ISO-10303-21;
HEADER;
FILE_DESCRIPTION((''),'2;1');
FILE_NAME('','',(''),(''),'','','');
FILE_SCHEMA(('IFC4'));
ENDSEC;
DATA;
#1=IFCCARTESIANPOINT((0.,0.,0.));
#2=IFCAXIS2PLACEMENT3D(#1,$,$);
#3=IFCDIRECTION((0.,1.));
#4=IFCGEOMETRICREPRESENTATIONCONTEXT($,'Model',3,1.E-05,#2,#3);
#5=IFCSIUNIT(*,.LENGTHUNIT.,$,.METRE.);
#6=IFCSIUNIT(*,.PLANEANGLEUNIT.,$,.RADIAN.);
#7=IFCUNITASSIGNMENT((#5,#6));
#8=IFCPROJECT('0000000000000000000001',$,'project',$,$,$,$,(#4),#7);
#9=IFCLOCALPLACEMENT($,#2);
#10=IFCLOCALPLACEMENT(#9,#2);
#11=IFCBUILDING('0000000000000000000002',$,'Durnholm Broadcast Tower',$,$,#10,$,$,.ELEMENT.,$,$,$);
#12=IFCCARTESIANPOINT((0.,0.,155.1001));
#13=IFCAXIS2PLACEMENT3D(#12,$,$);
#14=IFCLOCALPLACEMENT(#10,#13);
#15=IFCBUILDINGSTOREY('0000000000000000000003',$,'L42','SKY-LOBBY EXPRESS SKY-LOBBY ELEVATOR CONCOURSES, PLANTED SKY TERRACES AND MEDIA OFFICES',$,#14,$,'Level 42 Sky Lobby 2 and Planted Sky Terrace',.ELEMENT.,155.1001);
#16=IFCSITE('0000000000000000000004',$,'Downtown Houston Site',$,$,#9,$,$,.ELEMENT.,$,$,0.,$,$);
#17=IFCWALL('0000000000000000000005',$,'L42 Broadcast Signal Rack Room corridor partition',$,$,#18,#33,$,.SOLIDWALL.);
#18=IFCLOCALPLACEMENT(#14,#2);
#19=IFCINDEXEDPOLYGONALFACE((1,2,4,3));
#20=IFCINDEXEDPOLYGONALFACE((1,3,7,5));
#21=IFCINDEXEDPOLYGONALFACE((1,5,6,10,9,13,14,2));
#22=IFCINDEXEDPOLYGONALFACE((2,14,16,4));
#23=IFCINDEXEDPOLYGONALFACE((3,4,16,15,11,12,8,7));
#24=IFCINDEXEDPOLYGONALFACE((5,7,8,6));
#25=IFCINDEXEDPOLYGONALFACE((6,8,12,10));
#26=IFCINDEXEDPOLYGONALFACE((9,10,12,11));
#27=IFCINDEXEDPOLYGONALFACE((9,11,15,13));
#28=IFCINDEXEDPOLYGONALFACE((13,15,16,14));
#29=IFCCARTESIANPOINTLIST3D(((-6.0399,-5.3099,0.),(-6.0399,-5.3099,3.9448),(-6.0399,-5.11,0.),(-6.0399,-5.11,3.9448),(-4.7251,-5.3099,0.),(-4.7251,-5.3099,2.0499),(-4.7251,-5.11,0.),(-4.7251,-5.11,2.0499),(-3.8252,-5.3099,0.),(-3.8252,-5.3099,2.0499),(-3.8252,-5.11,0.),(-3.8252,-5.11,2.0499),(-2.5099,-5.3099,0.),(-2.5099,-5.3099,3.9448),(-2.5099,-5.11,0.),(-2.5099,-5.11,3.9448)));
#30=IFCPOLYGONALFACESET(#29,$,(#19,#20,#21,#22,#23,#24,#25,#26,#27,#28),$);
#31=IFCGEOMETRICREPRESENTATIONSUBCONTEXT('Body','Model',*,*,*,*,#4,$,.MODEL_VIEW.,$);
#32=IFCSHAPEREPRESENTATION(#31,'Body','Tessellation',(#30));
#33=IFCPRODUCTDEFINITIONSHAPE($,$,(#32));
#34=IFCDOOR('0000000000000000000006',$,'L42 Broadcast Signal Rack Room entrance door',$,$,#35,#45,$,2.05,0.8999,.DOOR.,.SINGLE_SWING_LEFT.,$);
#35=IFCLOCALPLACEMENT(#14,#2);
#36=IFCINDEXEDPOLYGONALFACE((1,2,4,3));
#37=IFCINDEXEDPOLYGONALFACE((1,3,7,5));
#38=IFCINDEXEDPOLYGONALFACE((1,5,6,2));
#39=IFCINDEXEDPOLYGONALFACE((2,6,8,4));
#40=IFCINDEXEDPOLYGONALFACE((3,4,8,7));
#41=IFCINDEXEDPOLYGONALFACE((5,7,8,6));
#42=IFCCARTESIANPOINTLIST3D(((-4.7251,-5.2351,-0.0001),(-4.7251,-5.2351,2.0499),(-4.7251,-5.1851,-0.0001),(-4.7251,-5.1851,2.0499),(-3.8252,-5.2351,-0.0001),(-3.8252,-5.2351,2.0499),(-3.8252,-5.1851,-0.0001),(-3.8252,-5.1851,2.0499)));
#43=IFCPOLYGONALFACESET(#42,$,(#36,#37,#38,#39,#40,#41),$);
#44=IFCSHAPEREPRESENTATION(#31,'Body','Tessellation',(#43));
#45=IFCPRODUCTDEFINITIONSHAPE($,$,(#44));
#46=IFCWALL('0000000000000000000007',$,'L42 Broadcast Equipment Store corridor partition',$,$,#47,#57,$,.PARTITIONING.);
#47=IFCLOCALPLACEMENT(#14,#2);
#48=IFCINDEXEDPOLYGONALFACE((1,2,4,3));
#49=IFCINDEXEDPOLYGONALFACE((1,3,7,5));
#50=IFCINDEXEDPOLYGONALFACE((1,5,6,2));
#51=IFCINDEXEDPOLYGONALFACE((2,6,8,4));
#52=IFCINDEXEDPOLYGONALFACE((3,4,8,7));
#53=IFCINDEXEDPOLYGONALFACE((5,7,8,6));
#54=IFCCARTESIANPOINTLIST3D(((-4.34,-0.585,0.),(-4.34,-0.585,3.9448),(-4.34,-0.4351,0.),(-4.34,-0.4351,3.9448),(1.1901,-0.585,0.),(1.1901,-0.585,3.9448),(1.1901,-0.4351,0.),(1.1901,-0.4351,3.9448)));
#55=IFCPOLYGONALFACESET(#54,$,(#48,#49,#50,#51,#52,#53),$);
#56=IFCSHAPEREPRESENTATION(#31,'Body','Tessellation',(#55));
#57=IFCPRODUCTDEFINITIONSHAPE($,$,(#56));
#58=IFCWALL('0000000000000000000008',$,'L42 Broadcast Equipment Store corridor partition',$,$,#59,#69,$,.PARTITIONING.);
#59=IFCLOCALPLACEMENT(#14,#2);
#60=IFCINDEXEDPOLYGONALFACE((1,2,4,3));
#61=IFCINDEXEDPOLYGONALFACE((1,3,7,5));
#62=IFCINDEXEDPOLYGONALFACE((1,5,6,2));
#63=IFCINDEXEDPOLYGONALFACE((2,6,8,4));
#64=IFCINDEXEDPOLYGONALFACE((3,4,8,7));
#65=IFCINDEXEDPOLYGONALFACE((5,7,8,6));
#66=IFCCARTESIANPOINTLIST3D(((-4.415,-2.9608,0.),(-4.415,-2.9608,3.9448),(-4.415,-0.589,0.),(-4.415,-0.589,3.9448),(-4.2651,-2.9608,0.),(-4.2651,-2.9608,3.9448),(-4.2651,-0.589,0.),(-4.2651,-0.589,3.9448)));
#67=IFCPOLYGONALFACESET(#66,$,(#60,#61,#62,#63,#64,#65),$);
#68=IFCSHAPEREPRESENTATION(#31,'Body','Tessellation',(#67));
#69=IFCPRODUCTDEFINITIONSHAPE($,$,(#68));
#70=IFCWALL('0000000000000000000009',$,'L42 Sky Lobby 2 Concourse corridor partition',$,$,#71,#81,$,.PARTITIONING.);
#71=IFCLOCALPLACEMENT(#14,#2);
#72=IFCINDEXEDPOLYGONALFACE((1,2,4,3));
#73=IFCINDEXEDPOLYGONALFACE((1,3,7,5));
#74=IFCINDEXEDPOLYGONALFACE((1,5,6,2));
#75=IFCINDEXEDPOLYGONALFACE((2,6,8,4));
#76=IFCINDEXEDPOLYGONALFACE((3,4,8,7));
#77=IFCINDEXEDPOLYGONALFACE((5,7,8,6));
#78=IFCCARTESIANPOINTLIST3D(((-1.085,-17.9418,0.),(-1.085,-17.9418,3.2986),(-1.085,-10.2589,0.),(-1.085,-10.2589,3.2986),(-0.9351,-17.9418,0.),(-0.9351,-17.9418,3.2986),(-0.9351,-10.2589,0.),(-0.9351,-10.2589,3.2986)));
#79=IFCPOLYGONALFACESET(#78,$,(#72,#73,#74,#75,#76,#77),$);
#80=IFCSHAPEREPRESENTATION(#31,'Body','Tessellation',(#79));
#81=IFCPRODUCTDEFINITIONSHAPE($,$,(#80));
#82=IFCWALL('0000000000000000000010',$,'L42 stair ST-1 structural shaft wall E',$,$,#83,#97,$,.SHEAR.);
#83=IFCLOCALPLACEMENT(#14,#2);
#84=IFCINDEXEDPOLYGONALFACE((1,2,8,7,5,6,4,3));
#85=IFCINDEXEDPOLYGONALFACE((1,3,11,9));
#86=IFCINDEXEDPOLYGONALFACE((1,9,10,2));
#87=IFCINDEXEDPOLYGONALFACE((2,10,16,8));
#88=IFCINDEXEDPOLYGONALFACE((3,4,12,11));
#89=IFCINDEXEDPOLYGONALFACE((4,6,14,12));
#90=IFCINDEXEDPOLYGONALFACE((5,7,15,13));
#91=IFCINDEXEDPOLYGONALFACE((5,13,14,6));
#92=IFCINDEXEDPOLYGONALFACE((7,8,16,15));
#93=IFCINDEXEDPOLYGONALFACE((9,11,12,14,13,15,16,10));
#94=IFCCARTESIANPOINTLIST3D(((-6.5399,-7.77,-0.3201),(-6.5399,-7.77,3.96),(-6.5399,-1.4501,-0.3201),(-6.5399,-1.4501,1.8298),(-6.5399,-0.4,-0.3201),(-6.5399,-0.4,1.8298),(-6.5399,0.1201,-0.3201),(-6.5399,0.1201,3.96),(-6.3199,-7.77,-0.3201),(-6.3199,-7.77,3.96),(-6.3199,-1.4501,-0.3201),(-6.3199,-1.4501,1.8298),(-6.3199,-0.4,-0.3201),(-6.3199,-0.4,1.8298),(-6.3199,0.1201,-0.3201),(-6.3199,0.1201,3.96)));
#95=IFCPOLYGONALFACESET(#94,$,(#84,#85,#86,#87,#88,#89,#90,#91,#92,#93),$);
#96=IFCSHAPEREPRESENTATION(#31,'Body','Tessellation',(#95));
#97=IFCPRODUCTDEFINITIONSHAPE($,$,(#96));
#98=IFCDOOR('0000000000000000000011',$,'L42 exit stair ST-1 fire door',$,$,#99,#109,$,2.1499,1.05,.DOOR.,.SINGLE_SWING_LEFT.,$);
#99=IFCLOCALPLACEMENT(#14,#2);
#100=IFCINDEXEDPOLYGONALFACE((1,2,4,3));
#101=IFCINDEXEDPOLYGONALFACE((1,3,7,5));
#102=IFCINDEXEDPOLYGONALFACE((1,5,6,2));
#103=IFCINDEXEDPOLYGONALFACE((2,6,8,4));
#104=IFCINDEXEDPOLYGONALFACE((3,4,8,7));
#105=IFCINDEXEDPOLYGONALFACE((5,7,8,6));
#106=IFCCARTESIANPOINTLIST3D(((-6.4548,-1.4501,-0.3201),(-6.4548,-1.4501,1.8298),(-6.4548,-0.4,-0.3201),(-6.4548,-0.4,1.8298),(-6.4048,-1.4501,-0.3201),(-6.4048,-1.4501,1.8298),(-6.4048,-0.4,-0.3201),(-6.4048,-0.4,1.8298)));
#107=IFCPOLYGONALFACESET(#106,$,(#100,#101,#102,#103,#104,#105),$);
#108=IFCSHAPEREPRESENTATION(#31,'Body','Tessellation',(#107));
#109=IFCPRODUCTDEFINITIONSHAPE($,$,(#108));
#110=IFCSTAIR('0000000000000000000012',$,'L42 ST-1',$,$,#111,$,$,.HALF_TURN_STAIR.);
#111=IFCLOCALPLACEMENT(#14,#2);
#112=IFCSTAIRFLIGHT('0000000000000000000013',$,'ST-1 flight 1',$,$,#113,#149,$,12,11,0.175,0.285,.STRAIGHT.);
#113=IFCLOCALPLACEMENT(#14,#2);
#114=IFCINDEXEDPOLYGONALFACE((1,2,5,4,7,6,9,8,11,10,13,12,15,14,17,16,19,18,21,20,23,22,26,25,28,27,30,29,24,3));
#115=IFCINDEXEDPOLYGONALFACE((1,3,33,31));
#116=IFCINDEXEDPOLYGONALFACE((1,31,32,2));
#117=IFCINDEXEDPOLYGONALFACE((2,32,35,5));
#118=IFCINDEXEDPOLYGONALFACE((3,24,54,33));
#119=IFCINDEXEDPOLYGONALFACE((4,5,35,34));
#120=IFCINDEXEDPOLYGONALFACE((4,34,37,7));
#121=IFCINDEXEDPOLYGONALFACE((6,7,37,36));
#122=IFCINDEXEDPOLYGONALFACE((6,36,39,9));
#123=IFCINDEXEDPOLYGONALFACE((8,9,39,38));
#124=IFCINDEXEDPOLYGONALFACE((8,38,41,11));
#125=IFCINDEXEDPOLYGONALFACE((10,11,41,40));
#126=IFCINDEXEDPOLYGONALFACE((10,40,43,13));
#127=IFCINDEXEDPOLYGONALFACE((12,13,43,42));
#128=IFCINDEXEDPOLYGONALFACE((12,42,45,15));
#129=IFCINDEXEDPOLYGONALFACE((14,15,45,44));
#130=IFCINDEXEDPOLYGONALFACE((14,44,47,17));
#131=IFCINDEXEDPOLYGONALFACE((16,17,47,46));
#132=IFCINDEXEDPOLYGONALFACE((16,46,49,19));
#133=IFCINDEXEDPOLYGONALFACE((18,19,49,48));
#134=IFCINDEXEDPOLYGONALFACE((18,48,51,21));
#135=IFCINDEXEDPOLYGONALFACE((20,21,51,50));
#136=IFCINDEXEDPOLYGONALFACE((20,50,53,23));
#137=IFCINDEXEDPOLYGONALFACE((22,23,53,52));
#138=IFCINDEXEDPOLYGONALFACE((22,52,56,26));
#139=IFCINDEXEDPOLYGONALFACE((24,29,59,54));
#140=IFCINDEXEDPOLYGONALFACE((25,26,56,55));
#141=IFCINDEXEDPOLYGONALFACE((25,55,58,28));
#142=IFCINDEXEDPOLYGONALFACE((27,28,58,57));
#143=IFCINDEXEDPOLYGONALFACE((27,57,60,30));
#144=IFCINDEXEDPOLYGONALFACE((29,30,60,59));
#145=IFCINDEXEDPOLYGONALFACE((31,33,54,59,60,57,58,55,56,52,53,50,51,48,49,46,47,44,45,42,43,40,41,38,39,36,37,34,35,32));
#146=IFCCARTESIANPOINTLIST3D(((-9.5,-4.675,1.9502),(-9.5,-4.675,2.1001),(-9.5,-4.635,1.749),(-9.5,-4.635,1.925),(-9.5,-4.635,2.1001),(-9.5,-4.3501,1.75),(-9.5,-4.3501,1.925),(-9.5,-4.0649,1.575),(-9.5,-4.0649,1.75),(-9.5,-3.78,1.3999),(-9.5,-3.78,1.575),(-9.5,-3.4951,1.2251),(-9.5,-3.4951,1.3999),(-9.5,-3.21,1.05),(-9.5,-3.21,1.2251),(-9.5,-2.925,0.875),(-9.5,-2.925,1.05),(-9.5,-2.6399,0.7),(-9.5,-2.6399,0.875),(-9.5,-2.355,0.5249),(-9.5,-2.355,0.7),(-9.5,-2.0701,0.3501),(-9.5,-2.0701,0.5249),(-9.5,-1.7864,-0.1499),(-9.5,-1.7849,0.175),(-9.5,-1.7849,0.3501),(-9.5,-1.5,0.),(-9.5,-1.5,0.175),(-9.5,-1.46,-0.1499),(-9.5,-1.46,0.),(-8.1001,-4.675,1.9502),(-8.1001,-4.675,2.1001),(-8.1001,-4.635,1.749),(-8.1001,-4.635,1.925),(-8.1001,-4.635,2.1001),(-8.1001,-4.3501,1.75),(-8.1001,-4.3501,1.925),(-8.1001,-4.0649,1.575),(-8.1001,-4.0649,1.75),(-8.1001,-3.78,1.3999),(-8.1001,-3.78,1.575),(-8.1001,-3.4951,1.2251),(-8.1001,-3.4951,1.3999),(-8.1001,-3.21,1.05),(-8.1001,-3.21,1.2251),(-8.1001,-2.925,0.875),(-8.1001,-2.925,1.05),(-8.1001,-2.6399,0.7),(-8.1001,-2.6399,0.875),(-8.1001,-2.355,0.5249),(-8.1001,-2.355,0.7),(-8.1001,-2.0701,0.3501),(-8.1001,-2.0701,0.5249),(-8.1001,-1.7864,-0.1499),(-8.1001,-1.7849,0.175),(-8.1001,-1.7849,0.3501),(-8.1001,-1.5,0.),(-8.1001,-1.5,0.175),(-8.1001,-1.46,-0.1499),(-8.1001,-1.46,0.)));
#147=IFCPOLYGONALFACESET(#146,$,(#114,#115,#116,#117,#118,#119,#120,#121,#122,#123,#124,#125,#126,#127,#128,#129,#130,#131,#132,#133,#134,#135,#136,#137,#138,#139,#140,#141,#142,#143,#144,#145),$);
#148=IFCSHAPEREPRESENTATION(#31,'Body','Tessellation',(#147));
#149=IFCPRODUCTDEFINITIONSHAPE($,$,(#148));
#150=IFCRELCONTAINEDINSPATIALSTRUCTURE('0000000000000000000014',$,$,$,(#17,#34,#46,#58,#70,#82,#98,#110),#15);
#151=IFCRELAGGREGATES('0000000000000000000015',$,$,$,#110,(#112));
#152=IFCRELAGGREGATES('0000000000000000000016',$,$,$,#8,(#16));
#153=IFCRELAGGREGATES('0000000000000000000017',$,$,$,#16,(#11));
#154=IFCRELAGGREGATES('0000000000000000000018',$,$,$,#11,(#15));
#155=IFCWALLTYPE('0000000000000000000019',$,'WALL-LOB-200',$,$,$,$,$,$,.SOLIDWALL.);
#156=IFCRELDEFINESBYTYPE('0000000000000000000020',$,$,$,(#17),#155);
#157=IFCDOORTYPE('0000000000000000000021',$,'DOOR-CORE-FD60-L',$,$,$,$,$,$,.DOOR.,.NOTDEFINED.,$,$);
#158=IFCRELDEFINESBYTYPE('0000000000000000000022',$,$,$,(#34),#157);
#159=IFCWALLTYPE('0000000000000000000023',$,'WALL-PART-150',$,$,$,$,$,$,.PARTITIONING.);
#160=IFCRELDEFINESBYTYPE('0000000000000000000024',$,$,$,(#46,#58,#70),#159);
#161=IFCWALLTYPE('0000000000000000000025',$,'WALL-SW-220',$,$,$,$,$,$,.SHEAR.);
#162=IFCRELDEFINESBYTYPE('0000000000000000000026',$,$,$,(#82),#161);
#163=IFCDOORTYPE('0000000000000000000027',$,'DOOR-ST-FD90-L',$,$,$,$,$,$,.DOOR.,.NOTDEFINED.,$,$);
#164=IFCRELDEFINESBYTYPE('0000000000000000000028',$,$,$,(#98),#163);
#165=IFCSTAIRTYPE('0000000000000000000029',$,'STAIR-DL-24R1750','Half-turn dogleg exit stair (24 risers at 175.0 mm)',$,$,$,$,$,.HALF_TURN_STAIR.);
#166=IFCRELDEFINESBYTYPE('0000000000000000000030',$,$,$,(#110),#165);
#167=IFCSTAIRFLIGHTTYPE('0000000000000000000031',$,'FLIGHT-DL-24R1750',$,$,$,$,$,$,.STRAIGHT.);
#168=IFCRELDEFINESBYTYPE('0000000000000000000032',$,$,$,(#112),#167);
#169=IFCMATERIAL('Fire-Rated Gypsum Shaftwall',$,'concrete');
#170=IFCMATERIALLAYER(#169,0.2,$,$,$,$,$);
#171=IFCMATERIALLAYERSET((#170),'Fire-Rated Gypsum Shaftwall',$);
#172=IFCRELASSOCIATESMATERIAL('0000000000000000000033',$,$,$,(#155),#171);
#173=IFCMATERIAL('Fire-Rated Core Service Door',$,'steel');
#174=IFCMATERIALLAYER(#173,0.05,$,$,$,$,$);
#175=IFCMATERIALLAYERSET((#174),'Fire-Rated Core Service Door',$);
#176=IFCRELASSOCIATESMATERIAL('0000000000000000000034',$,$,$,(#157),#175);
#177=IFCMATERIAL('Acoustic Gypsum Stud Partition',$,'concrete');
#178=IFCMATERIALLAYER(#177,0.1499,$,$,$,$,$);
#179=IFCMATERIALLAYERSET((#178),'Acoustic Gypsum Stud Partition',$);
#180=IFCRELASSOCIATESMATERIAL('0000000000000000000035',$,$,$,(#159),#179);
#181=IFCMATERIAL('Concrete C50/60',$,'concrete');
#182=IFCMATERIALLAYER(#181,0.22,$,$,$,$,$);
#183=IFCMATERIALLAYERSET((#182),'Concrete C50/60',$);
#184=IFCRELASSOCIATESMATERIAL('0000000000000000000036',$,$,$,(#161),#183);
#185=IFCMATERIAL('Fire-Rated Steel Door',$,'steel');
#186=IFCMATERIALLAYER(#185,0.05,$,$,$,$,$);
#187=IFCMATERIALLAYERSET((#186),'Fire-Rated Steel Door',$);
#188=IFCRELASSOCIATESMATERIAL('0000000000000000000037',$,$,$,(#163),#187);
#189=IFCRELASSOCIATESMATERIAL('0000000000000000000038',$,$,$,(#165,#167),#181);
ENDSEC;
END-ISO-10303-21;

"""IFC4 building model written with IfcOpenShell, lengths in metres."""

from ifc_helpers import new_model, si_unit, direction, frame, frame_2d, origin, place, context, subcontext, project, spatial, polyline, rectangle, outline, extrude, source, transform, mapped, material, layer, layer_set, type_object, type_shapes, element, fill, aggregate, save


model = new_model("IFC4")

# Units and contexts
model_context = context("Model", 3, precision=1e-05, world=origin(), true_north=direction((0.0, 1.0)))
body_context = subcontext(model_context, "Body", "Model", "MODEL_VIEW")
ifc_project = project(units=[si_unit("LENGTHUNIT", "METRE"), si_unit("PLANEANGLEUNIT", "RADIAN")], contexts=[model_context])

# Site, building, storey
site_placement = place(None, origin())
site = spatial("IfcSite", under=ifc_project, at=site_placement, Name="Downtown Houston Site", CompositionType="ELEMENT", RefElevation=0.0)
building_placement = place(site_placement, origin())
building = spatial("IfcBuilding", under=site, at=building_placement, Name="Durnholm Broadcast Tower", CompositionType="ELEMENT")
storey_placement = place(building_placement, frame((0.0, 0.0, 155.1001)))
storey = spatial("IfcBuildingStorey", under=building, at=storey_placement, Name="L42", Description="SKY-LOBBY EXPRESS SKY-LOBBY ELEVATOR CONCOURSES, PLANTED SKY TERRACES AND MEDIA OFFICES", LongName="Level 42 Sky Lobby 2 and Planted Sky Terrace", CompositionType="ELEMENT", Elevation=155.1001)

# Shared definitions
ifc_material_1 = material(Name="Concrete C50/60", Category="concrete")

# Wall, opening, door
ifc_material_2 = material(Name="Fire-Rated Gypsum Shaftwall", Category="concrete")
ifc_layer_1 = layer(ifc_material_2, 0.2)
ifc_layer_set_1 = layer_set([ifc_layer_1], Name="Fire-Rated Gypsum Shaftwall")
wall_type_1 = type_object("IfcWallType", Name="WALL-LOB-200", PredefinedType="SOLIDWALL", material=ifc_layer_set_1)
wall_1_placement = place(storey_placement, frame((-6.04, -5.21, 0.0), z_axis=(0.0, 0.0, 1.0), x_axis=(1.0, 0.0, 0.0)))
wall_1 = element("IfcWall", 1, at=wall_1_placement, inside=storey, type_object=wall_type_1, Name="L42 Broadcast Signal Rack Room corridor partition", PredefinedType="SOLIDWALL", context=body_context, shape_type="SweptSolid", body=[
    extrude(rectangle(XDim=3.53, YDim=0.2, at=frame_2d((1.7651, 0.0))), origin(), (0.0, 0.0, 1.0), 3.9448),
])
opening_1_placement = place(wall_1_placement, frame((1.3149, 0.0, 0.0)))
opening_1 = element("IfcOpeningElement", 2, at=opening_1_placement, cuts=wall_1, PredefinedType="OPENING", context=body_context, shape_type="SweptSolid", body=[
    extrude(rectangle(XDim=0.8999, YDim=2.05, at=frame_2d((0.45, 1.0249))), frame((0.0, 0.1099, 0.0), z_axis=(0.0, -1.0, 0.0), x_axis=(1.0, 0.0, 0.0)), (0.0, 0.0, 1.0), 0.22),
])
ifc_material_3 = material(Name="Fire-Rated Core Service Door", Category="steel")
ifc_layer_2 = layer(ifc_material_3, 0.05)
ifc_layer_set_2 = layer_set([ifc_layer_2], Name="Fire-Rated Core Service Door")
door_type_1 = type_object("IfcDoorType", Name="DOOR-CORE-FD60-L", OperationType="NOTDEFINED", PredefinedType="DOOR", material=ifc_layer_set_2)
shared_shape_1 = source(origin(), body_context, "Body", "SweptSolid", [
    extrude(rectangle(XDim=0.8999, YDim=2.05, at=frame_2d((0.45, 1.0249))), frame((0.0, 0.0249, 0.0), z_axis=(0.0, -1.0, 0.0), x_axis=(1.0, 0.0, 0.0)), (0.0, 0.0, 1.0), 0.05),
])
type_shapes(door_type_1, [shared_shape_1])
door_1_placement = place(opening_1_placement, origin())
door_1 = element("IfcDoor", 3, at=door_1_placement, inside=storey, type_object=door_type_1, Name="L42 Broadcast Signal Rack Room entrance door", OperationType="SINGLE_SWING_LEFT", OverallHeight=2.05, OverallWidth=0.8999, PredefinedType="DOOR", context=body_context, shape_type="MappedRepresentation", body=[
    mapped(shared_shape_1, transform((0.0, 0.0, 0.0), x_axis=(1.0, 0.0, 0.0), y_axis=(0.0, 1.0, 0.0), z_axis=(0.0, 0.0, 1.0), scale=1.0)),
])
fill(opening_1, door_1)

# Walls
ifc_material_4 = material(Name="Acoustic Gypsum Stud Partition", Category="concrete")
ifc_layer_3 = layer(ifc_material_4, 0.1499)
ifc_layer_set_3 = layer_set([ifc_layer_3], Name="Acoustic Gypsum Stud Partition")
wall_type_2 = type_object("IfcWallType", Name="WALL-PART-150", PredefinedType="PARTITIONING", material=ifc_layer_set_3)
wall_2_placement = place(storey_placement, frame((-4.3401, -0.51, 0.0), z_axis=(0.0, 0.0, 1.0), x_axis=(1.0, 0.0, 0.0)))
element("IfcWall", 4, at=wall_2_placement, inside=storey, type_object=wall_type_2, Name="L42 Broadcast Equipment Store corridor partition", PredefinedType="PARTITIONING", context=body_context, shape_type="SweptSolid", body=[
    extrude(rectangle(XDim=5.53, YDim=0.1499, at=frame_2d((2.7651, 0.0))), origin(), (0.0, 0.0, 1.0), 3.9448),
])
wall_3_placement = place(storey_placement, frame((-4.3401, -2.9609, 0.0), z_axis=(0.0, 0.0, 1.0), x_axis=(0.0, 1.0, 0.0)))
element("IfcWall", 5, at=wall_3_placement, inside=storey, type_object=wall_type_2, Name="L42 Broadcast Equipment Store corridor partition", PredefinedType="PARTITIONING", context=body_context, shape_type="SweptSolid", body=[
    extrude(rectangle(XDim=2.3718, YDim=0.1499, at=frame_2d((1.186, 0.0))), origin(), (0.0, 0.0, 1.0), 3.9448),
])
wall_4_placement = place(storey_placement, frame((-1.01, -10.259, 0.0), z_axis=(0.0, 0.0, 1.0), x_axis=(0.0, -1.0, 0.0)))
element("IfcWall", 6, at=wall_4_placement, inside=storey, type_object=wall_type_2, Name="L42 Sky Lobby 2 Concourse corridor partition", PredefinedType="PARTITIONING", context=body_context, shape_type="SweptSolid", body=[
    extrude(rectangle(XDim=7.6829, YDim=0.1499, at=frame_2d((3.8413, 0.0))), origin(), (0.0, 0.0, 1.0), 3.2986),
])

# Wall, opening, door
ifc_layer_4 = layer(ifc_material_1, 0.22)
ifc_layer_set_4 = layer_set([ifc_layer_4], Name="Concrete C50/60")
wall_type_3 = type_object("IfcWallType", Name="WALL-SW-220", PredefinedType="SHEAR", material=ifc_layer_set_4)
wall_5_placement = place(storey_placement, frame((-6.4299, -7.77, -0.3201), z_axis=(0.0, 0.0, 1.0), x_axis=(0.0, 1.0, 0.0)))
wall_5 = element("IfcWall", 7, at=wall_5_placement, inside=storey, type_object=wall_type_3, Name="L42 stair ST-1 structural shaft wall E", PredefinedType="SHEAR", context=body_context, shape_type="SweptSolid", body=[
    extrude(rectangle(XDim=7.8901, YDim=0.22, at=frame_2d((3.9451, 0.0))), origin(), (0.0, 0.0, 1.0), 4.28),
])
opening_2_placement = place(wall_5_placement, frame((6.3201, 0.0, 0.0)))
opening_2 = element("IfcOpeningElement", 8, at=opening_2_placement, cuts=wall_5, PredefinedType="OPENING", context=body_context, shape_type="SweptSolid", body=[
    extrude(rectangle(XDim=1.05, YDim=2.1499, at=frame_2d((0.5249, 1.075))), frame((0.0, 0.1201, 0.0), z_axis=(0.0, -1.0, 0.0), x_axis=(1.0, 0.0, 0.0)), (0.0, 0.0, 1.0), 0.24),
])
ifc_material_5 = material(Name="Fire-Rated Steel Door", Category="steel")
ifc_layer_5 = layer(ifc_material_5, 0.05)
ifc_layer_set_5 = layer_set([ifc_layer_5], Name="Fire-Rated Steel Door")
door_type_2 = type_object("IfcDoorType", Name="DOOR-ST-FD90-L", OperationType="NOTDEFINED", PredefinedType="DOOR", material=ifc_layer_set_5)
shared_shape_2 = source(origin(), body_context, "Body", "SweptSolid", [
    extrude(rectangle(XDim=1.05, YDim=2.1499, at=frame_2d((0.5249, 1.075))), frame((0.0, 0.0249, 0.0), z_axis=(0.0, -1.0, 0.0), x_axis=(1.0, 0.0, 0.0)), (0.0, 0.0, 1.0), 0.05),
])
type_shapes(door_type_2, [shared_shape_2])
door_2_placement = place(opening_2_placement, origin())
door_2 = element("IfcDoor", 9, at=door_2_placement, inside=storey, type_object=door_type_2, Name="L42 exit stair ST-1 fire door", OperationType="SINGLE_SWING_LEFT", OverallHeight=2.1499, OverallWidth=1.05, PredefinedType="DOOR", context=body_context, shape_type="MappedRepresentation", body=[
    mapped(shared_shape_2, transform((0.0, 0.0, 0.0), x_axis=(1.0, 0.0, 0.0), y_axis=(0.0, 1.0, 0.0), z_axis=(0.0, 0.0, 1.0), scale=1.0)),
])
fill(opening_2, door_2)

# Stair, stair flight
stair_type = type_object("IfcStairType", Name="STAIR-DL-24R1750", Description="Half-turn dogleg exit stair (24 risers at 175.0 mm)", PredefinedType="HALF_TURN_STAIR", material=ifc_material_1)
stair_placement = place(storey_placement, origin())
stair = element("IfcStair", 10, at=stair_placement, inside=storey, type_object=stair_type, Name="L42 ST-1", PredefinedType="HALF_TURN_STAIR")
stair_flight_type = type_object("IfcStairFlightType", Name="FLIGHT-DL-24R1750", PredefinedType="STRAIGHT", material=ifc_material_1)
stair_flight_1_placement = place(storey_placement, frame((-8.8, -1.5, 0.0), z_axis=(0.0, 0.0, 1.0), x_axis=(0.0, -1.0, 0.0)))
stair_flight_1 = element("IfcStairFlight", 11, at=stair_flight_1_placement, type_object=stair_flight_type, Name="ST-1 flight 1", NumberOfRisers=12, NumberOfTreads=11, PredefinedType="STRAIGHT", RiserHeight=0.175, TreadLength=0.285, context=body_context, shape_type="SweptSolid", body=[
    extrude(outline(polyline([(-0.04, -0.1499), (-0.04, 0.0), (0.0, 0.0), (0.0, 0.175), (0.2849, 0.175), (0.2849, 0.3501), (0.5701, 0.3501), (0.5701, 0.5249), (0.855, 0.5249), (0.855, 0.7), (1.1399, 0.7), (1.1399, 0.875), (1.425, 0.875), (1.425, 1.05), (1.71, 1.05), (1.71, 1.2251), (1.9951, 1.2251), (1.9951, 1.3999), (2.28, 1.3999), (2.28, 1.575), (2.5649, 1.575), (2.5649, 1.75), (2.8501, 1.75), (2.8501, 1.925), (3.135, 1.925), (3.135, 2.1001), (3.175, 2.1001), (3.175, 1.9502), (3.135, 1.749), (0.2864, -0.1499), (-0.04, -0.1499)])), frame((0.0, 0.7, 0.0), z_axis=(0.0, -1.0, 0.0), x_axis=(1.0, 0.0, 0.0)), (0.0, 0.0, 1.0), 1.3999),
])
aggregate(stair, [stair_flight_1])

save(model, "model.ifc")
